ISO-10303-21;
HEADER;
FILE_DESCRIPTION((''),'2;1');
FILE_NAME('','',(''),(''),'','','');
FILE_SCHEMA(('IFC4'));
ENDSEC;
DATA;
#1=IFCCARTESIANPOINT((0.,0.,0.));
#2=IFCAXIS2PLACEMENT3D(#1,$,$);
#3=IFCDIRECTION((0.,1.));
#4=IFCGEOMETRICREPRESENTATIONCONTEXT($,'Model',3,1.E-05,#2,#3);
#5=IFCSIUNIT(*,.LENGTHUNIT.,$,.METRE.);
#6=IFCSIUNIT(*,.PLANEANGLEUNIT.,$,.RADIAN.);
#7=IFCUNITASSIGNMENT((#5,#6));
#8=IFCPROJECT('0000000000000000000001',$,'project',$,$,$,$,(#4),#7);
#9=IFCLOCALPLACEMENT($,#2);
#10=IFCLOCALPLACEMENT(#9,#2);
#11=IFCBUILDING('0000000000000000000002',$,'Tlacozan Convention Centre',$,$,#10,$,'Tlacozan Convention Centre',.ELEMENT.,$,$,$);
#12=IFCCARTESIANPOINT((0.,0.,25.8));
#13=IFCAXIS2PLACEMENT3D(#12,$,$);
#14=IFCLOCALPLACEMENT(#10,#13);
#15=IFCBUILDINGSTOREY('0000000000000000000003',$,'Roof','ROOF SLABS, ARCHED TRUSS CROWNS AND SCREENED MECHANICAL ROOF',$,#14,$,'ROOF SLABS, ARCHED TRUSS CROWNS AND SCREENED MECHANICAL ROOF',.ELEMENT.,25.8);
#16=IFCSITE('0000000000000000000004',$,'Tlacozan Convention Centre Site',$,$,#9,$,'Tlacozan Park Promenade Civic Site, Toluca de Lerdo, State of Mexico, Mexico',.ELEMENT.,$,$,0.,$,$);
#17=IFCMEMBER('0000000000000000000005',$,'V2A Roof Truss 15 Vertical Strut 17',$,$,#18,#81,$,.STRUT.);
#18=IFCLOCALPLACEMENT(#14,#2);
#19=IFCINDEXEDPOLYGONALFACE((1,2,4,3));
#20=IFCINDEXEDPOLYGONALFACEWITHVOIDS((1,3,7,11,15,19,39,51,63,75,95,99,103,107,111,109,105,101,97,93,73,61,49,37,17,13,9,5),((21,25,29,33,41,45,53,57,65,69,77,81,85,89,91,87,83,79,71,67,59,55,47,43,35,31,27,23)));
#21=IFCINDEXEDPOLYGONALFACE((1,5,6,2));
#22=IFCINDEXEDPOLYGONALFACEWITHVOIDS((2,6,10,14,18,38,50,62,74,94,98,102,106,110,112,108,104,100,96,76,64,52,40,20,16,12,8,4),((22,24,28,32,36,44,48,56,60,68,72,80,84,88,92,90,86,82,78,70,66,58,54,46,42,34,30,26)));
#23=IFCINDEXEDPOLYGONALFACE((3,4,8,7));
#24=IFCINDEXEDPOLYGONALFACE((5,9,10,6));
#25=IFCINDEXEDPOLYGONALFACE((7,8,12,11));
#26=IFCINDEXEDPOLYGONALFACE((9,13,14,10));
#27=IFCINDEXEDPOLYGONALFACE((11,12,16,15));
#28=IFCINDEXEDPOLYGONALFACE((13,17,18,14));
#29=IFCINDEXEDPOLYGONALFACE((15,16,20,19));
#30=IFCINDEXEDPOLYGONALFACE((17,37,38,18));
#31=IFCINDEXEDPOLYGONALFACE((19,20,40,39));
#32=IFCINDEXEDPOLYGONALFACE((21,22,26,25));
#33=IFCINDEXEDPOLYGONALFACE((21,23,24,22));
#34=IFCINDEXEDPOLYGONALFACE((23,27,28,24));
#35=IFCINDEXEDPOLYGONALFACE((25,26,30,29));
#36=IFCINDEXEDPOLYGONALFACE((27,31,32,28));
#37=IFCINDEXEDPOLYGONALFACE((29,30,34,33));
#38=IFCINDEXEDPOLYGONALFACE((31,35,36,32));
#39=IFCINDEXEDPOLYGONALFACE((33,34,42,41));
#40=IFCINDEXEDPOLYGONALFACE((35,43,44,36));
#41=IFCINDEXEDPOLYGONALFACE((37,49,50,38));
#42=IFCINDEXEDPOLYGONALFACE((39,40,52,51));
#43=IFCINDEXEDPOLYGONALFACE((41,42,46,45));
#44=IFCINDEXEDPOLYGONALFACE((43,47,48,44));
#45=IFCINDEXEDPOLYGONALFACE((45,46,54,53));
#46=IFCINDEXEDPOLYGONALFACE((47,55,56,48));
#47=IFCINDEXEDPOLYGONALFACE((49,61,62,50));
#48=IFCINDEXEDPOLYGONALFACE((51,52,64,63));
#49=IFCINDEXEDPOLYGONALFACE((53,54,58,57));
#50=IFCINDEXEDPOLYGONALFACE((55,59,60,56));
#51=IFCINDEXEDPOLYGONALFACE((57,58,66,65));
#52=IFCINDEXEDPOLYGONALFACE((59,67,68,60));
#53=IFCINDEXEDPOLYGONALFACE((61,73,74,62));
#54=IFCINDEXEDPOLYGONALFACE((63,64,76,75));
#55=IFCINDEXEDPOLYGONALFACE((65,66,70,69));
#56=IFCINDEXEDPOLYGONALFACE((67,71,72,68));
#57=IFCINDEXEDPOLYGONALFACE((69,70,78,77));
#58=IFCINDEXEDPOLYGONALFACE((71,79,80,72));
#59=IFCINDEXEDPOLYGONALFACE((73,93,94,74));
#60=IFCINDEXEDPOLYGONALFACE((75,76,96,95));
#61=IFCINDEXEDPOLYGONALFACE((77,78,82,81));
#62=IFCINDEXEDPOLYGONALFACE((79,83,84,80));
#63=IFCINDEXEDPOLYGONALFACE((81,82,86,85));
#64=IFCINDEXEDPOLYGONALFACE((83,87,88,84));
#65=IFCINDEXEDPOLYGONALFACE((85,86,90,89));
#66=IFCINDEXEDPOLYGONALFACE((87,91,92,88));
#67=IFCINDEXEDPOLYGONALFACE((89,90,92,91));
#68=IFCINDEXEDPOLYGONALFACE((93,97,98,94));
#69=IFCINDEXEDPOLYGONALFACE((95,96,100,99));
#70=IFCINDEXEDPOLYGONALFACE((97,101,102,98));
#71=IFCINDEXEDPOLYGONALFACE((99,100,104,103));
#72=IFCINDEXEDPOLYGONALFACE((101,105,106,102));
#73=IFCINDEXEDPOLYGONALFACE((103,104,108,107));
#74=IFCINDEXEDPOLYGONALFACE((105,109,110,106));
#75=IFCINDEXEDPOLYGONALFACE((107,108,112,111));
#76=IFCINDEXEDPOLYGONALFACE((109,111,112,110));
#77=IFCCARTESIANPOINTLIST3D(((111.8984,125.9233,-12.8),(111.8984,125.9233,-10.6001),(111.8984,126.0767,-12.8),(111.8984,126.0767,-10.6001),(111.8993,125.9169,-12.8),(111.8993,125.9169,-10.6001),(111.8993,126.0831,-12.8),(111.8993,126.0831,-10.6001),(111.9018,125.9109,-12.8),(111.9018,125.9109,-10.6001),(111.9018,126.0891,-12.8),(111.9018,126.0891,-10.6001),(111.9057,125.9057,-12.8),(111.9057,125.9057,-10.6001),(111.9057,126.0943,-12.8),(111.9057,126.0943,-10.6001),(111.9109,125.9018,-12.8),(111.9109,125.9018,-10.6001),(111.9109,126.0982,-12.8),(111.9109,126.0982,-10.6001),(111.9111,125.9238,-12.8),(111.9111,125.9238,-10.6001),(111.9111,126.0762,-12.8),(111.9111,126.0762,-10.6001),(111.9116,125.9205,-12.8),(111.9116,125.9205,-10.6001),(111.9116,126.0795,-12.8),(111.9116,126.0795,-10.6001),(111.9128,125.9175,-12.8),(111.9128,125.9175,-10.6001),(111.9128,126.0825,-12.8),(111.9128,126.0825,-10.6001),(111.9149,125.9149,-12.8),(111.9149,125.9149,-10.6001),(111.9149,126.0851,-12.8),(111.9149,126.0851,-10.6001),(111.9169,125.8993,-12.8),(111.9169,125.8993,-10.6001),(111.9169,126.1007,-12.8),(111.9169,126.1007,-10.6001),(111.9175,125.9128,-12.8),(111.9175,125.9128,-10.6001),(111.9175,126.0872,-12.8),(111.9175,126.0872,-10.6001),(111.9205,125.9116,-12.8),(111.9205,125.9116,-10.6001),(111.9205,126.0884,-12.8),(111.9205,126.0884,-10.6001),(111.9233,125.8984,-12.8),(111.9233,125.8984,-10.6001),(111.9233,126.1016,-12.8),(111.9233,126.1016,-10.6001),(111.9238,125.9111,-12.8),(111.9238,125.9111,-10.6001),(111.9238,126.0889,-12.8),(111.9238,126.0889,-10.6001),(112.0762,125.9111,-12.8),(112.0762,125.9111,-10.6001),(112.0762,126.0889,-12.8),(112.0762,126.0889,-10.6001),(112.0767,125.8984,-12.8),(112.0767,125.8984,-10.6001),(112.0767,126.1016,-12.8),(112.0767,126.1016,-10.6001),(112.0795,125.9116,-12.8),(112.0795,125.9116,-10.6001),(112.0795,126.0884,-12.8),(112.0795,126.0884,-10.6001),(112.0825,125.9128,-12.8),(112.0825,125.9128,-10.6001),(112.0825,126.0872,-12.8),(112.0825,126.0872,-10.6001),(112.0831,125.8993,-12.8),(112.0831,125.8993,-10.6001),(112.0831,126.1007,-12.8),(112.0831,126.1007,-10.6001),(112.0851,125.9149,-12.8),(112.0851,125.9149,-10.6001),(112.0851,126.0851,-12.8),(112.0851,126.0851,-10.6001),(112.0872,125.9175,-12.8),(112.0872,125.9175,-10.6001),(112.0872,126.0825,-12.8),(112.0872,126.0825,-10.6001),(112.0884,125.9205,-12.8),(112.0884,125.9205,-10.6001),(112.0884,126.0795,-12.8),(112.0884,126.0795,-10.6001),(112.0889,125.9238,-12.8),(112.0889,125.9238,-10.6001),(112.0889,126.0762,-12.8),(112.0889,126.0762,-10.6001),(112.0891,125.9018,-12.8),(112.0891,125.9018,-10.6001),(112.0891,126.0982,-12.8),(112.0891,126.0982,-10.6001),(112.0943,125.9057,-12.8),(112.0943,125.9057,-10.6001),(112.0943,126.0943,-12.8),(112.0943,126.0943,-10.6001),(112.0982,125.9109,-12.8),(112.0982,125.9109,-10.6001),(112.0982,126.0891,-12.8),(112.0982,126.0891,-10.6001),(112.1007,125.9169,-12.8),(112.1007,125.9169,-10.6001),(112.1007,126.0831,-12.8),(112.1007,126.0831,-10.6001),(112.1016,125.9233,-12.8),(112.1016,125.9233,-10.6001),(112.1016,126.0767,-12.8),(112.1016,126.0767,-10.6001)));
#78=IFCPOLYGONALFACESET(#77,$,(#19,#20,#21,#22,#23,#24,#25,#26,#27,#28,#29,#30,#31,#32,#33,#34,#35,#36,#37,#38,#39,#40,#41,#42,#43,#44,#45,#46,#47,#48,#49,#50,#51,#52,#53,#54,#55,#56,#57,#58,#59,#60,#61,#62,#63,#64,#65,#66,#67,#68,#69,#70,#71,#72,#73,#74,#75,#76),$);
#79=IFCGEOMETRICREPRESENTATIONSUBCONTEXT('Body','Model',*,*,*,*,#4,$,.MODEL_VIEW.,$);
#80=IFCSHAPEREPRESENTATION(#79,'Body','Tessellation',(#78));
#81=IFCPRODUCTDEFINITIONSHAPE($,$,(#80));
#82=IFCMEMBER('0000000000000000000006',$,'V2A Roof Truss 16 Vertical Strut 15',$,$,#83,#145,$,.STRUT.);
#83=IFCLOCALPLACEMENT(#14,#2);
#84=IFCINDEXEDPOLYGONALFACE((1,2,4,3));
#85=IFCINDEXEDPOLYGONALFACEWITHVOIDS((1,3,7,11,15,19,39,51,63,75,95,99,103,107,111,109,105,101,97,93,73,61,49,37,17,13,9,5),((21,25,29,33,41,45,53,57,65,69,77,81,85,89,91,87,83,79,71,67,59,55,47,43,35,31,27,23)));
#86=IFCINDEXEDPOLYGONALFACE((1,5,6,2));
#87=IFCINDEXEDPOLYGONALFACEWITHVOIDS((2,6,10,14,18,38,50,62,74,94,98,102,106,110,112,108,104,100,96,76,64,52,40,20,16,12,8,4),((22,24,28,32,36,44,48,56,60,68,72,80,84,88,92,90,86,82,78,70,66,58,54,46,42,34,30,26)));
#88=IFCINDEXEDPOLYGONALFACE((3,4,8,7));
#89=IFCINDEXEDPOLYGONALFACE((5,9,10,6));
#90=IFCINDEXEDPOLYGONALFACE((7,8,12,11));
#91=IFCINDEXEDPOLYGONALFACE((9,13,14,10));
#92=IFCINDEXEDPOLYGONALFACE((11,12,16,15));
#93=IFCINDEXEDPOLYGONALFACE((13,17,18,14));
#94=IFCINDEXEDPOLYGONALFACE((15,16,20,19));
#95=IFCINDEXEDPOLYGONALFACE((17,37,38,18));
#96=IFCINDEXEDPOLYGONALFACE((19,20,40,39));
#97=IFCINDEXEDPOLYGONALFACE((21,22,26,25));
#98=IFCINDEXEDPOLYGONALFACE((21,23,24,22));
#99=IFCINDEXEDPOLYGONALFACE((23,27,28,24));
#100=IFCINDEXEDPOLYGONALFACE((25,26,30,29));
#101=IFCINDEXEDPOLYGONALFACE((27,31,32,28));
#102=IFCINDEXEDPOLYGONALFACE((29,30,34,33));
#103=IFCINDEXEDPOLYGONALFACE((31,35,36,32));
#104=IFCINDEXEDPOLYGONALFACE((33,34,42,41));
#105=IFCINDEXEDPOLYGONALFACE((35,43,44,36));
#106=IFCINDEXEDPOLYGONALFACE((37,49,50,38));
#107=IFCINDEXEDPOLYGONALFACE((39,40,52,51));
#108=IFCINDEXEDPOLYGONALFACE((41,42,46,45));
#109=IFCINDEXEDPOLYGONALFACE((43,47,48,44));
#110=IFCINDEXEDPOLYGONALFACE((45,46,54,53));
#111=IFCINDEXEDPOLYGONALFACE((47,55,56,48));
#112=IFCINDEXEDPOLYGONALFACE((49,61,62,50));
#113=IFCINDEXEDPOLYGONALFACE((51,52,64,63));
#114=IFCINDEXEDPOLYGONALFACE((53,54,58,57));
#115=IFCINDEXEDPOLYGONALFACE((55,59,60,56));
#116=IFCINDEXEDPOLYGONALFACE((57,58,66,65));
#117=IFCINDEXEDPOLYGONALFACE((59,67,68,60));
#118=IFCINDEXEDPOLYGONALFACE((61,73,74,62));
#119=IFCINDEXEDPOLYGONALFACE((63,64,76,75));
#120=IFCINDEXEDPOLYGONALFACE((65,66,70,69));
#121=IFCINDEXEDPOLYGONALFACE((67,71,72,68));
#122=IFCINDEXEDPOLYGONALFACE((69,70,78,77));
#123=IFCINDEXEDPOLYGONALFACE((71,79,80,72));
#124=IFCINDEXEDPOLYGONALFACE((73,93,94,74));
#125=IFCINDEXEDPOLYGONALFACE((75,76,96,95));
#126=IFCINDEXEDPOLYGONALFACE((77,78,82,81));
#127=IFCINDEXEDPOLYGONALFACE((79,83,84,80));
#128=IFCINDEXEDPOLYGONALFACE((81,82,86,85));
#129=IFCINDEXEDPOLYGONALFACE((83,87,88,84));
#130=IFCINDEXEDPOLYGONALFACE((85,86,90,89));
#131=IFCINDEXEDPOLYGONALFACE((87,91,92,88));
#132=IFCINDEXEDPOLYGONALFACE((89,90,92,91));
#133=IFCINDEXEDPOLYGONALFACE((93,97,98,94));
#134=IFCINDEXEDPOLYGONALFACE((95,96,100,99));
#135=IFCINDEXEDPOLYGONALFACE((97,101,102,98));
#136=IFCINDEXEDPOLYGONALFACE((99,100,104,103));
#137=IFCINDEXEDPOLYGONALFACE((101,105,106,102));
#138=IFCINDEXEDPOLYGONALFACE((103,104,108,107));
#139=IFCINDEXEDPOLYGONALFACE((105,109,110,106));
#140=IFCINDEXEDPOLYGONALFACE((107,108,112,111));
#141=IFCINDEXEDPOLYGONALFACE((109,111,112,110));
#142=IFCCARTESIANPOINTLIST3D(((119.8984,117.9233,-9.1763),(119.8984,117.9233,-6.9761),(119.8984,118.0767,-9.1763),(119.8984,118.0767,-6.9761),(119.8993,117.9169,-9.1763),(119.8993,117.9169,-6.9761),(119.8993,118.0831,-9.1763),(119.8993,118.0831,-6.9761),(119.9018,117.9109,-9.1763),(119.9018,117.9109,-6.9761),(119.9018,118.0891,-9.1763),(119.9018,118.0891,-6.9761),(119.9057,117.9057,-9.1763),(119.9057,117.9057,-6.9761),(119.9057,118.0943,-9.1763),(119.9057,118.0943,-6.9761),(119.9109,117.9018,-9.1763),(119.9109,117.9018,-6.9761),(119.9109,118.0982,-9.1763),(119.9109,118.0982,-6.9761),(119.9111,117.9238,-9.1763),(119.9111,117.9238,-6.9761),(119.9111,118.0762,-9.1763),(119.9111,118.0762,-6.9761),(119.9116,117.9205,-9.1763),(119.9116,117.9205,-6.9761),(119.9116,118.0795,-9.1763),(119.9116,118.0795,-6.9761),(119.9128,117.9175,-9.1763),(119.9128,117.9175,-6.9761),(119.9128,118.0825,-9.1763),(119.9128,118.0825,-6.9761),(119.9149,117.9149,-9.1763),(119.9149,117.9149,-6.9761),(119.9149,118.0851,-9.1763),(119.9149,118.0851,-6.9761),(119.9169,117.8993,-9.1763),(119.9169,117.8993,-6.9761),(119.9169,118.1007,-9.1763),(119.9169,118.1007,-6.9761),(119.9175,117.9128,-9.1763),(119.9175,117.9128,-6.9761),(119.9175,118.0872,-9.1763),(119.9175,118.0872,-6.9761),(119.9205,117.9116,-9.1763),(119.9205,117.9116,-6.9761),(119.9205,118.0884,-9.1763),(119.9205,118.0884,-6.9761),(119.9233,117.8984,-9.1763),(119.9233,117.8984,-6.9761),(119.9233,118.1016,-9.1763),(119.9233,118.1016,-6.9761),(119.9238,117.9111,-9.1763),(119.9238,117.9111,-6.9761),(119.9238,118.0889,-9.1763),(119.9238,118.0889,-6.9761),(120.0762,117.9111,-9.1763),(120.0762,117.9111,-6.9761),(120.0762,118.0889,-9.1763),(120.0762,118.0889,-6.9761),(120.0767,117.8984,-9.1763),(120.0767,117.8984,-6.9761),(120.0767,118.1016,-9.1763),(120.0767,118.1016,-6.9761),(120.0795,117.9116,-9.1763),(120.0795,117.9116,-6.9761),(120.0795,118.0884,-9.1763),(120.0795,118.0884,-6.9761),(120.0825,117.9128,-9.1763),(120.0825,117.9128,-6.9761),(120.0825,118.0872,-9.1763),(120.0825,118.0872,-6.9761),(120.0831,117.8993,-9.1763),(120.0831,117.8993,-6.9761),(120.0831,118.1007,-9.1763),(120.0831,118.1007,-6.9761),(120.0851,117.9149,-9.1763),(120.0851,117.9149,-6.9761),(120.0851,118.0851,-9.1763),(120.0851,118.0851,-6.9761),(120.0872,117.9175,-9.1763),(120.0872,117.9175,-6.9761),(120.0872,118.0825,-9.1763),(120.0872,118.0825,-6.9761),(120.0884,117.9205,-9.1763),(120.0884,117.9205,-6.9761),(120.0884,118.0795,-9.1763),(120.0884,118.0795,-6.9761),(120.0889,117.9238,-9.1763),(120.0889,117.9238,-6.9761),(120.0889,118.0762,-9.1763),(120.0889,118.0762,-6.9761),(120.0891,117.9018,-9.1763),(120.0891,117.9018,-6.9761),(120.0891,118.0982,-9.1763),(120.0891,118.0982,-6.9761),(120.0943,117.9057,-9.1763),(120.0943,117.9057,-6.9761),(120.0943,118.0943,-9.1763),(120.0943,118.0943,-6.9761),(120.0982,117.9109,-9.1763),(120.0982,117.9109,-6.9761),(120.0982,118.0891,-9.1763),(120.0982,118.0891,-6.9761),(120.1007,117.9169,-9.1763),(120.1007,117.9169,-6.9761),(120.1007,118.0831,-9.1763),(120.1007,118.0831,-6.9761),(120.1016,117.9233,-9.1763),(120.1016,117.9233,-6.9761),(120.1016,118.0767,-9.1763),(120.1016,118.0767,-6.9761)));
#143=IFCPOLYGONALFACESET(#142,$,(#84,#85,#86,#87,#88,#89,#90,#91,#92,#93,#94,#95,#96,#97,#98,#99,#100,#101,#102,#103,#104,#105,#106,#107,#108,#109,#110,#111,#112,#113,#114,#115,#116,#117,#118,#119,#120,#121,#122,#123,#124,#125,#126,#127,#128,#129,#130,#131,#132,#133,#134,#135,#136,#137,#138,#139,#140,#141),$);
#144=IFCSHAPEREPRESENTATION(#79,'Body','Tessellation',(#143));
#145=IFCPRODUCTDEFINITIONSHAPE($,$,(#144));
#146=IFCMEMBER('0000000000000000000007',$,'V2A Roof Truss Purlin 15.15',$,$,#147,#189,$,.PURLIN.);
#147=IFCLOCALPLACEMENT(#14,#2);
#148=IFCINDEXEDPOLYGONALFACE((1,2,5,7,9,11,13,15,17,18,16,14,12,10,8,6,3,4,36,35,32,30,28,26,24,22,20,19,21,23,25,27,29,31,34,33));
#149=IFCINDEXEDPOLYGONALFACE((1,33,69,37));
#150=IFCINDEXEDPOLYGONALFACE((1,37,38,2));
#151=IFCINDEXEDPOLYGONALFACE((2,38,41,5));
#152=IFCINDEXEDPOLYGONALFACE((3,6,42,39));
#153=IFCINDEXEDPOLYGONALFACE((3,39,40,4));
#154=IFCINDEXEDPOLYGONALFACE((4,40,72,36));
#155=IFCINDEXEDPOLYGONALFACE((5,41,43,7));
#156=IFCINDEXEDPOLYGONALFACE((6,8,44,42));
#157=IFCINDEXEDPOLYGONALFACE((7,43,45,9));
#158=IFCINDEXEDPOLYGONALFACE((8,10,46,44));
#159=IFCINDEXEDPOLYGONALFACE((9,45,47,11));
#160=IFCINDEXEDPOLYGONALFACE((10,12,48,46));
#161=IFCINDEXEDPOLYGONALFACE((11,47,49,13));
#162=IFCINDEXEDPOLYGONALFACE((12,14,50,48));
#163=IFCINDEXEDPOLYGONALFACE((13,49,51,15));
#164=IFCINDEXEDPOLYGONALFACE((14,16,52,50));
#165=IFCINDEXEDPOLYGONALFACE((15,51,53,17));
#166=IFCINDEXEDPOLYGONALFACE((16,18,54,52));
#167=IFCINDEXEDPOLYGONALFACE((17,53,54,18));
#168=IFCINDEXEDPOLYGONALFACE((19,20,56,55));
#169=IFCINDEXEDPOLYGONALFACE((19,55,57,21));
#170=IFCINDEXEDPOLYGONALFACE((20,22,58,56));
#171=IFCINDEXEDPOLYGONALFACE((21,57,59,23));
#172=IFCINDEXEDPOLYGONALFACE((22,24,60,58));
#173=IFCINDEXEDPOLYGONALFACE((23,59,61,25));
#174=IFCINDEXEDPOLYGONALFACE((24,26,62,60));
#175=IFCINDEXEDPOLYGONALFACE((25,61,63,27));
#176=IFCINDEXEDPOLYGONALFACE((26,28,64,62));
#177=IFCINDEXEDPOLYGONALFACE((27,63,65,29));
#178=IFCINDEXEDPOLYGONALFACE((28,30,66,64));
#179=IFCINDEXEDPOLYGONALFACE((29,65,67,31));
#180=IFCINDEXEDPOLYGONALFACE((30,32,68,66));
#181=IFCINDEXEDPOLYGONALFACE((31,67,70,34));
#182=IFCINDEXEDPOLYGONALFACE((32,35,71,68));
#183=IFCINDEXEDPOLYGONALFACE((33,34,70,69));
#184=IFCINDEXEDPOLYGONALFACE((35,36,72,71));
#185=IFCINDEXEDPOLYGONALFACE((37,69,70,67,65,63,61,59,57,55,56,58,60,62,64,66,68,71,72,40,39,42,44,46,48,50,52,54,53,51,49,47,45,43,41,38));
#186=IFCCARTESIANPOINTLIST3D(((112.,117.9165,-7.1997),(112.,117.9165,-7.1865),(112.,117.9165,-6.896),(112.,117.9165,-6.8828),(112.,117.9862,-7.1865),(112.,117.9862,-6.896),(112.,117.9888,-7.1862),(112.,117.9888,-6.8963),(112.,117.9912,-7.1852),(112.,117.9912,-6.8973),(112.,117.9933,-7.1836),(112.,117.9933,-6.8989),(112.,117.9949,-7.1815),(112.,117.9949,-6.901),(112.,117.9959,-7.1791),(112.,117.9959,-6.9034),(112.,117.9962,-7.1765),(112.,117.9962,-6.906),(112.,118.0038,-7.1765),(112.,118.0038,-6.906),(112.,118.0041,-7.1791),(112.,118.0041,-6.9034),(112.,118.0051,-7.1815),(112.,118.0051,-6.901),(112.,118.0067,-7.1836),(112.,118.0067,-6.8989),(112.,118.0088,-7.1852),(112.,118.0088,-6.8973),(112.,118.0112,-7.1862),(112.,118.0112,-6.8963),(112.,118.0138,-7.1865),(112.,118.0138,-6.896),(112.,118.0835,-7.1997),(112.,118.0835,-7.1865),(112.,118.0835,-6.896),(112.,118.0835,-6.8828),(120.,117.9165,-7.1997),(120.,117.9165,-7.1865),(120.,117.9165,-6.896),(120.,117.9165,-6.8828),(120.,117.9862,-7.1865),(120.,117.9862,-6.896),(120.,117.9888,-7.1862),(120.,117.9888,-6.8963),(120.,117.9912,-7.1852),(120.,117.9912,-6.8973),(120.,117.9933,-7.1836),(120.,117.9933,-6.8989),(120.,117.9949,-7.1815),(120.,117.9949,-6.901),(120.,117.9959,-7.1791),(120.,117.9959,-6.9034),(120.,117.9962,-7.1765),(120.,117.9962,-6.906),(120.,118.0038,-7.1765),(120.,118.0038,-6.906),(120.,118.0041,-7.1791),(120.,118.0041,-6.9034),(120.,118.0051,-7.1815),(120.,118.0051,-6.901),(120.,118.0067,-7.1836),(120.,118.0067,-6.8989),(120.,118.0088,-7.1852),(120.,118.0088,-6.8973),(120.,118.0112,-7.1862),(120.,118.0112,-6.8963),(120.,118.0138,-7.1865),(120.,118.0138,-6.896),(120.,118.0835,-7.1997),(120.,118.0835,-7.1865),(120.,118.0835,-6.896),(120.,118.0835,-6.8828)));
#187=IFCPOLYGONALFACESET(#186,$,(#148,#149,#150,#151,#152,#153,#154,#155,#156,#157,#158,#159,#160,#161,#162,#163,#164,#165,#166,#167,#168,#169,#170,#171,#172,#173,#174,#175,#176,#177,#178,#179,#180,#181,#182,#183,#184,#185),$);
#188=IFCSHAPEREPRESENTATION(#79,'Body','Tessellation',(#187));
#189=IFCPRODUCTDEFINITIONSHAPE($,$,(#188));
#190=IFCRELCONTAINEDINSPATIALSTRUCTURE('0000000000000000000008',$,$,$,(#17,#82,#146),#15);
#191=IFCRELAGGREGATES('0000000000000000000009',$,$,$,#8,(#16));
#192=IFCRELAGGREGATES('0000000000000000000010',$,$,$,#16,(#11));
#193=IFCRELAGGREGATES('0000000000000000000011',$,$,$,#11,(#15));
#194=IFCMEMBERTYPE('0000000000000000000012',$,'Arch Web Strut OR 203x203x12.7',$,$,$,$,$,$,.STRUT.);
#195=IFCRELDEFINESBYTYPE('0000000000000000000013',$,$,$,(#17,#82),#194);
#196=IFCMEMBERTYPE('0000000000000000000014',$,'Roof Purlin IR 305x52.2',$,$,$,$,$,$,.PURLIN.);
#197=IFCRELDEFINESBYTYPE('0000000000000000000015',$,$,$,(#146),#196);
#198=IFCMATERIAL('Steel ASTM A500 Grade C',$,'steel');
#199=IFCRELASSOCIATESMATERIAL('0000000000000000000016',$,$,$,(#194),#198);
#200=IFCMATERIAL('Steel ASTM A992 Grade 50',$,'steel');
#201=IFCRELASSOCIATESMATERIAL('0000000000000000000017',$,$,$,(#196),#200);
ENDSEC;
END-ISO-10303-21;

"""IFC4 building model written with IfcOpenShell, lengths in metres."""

from ifc_helpers import new_model, si_unit, direction, frame, origin, origin_2d, place, context, subcontext, project, spatial, hollow_rectangle, i_section, extrude, material, material_profile, profile_set, type_object, element, save


model = new_model("IFC4")

# Units and contexts
model_context = context("Model", 3, precision=1e-05, world=origin(), true_north=direction((0.0, 1.0)))
body_context = subcontext(model_context, "Body", "Model", "MODEL_VIEW")
ifc_project = project(units=[si_unit("LENGTHUNIT", "METRE"), si_unit("PLANEANGLEUNIT", "RADIAN")], contexts=[model_context])

# Site, building, storey
site_placement = place(None, origin())
site = spatial("IfcSite", under=ifc_project, at=site_placement, Name="Tlacozan Convention Centre Site", LongName="Tlacozan Park Promenade Civic Site, Toluca de Lerdo, State of Mexico, Mexico", CompositionType="ELEMENT", RefElevation=0.0)
building_placement = place(site_placement, origin())
building = spatial("IfcBuilding", under=site, at=building_placement, Name="Tlacozan Convention Centre", LongName="Tlacozan Convention Centre", CompositionType="ELEMENT")
storey_placement = place(building_placement, frame((0.0, 0.0, 25.8)))
storey = spatial("IfcBuildingStorey", under=building, at=storey_placement, Name="Roof", Description="ROOF SLABS, ARCHED TRUSS CROWNS AND SCREENED MECHANICAL ROOF", LongName="ROOF SLABS, ARCHED TRUSS CROWNS AND SCREENED MECHANICAL ROOF", CompositionType="ELEMENT", Elevation=25.8)

# Members
ifc_material_1 = material(Name="Steel ASTM A500 Grade C", Category="steel")
ifc_material_profile_1 = material_profile(ifc_material_1, hollow_rectangle(XDim=0.2031, YDim=0.2031, WallThickness=0.0127, InnerFilletRadius=0.0127, OuterFilletRadius=0.0249, at=origin_2d()), Name="OR 203x203x12.7")
ifc_profile_set_1 = profile_set([ifc_material_profile_1], Name="Steel ASTM A500 Grade C")
member_type_1 = type_object("IfcMemberType", Name="Arch Web Strut OR 203x203x12.7", PredefinedType="STRUT", material=ifc_profile_set_1)
member_1_placement = place(storey_placement, frame((112.0, 126.0, -12.8), z_axis=(0.0, 0.0, 1.0), x_axis=(1.0, 0.0, 0.0)))
element("IfcMember", 1, at=member_1_placement, inside=storey, type_object=member_type_1, Name="V2A Roof Truss 15 Vertical Strut 17", PredefinedType="STRUT", context=body_context, shape_type="SweptSolid", body=[
    extrude(hollow_rectangle(XDim=0.2031, YDim=0.2031, WallThickness=0.0127, InnerFilletRadius=0.0127, OuterFilletRadius=0.0249, at=origin_2d()), origin(), (0.0, 0.0, 1.0), 2.2),
])
member_2_placement = place(storey_placement, frame((120.0, 118.0, -9.1763), z_axis=(0.0, 0.0, 1.0), x_axis=(1.0, 0.0, 0.0)))
element("IfcMember", 2, at=member_2_placement, inside=storey, type_object=member_type_1, Name="V2A Roof Truss 16 Vertical Strut 15", PredefinedType="STRUT", context=body_context, shape_type="SweptSolid", body=[
    extrude(hollow_rectangle(XDim=0.2031, YDim=0.2031, WallThickness=0.0127, InnerFilletRadius=0.0127, OuterFilletRadius=0.0249, at=origin_2d()), origin(), (0.0, 0.0, 1.0), 2.2002),
])
ifc_material_2 = material(Name="Steel ASTM A992 Grade 50", Category="steel")
ifc_material_profile_2 = material_profile(ifc_material_2, i_section(OverallWidth=0.167, OverallDepth=0.3169, WebThickness=0.0076, FlangeThickness=0.0132, FilletRadius=0.01, at=origin_2d()), Name="IR 305x52.2")
ifc_profile_set_2 = profile_set([ifc_material_profile_2], Name="Steel ASTM A992 Grade 50")
member_type_2 = type_object("IfcMemberType", Name="Roof Purlin IR 305x52.2", PredefinedType="PURLIN", material=ifc_profile_set_2)
for number, where, z_axis, x_axis, name in (
    (3, (112.0, 118.0, -7.0413), (1.0, 0.0, 0.0), (0.0, 1.0, 0.0), "V2A Roof Truss Purlin 15.15"),
):
    element("IfcMember", number, at=place(storey_placement, frame(where, z_axis=z_axis, x_axis=x_axis)), inside=storey, type_object=member_type_2, Name=name, PredefinedType="PURLIN", context=body_context, shape_type="SweptSolid", body=[
        extrude(i_section(OverallWidth=0.167, OverallDepth=0.3169, WebThickness=0.0076, FlangeThickness=0.0132, FilletRadius=0.01, at=origin_2d()), origin(), (0.0, 0.0, 1.0), 8.0),
    ])

save(model, "model.ifc")
